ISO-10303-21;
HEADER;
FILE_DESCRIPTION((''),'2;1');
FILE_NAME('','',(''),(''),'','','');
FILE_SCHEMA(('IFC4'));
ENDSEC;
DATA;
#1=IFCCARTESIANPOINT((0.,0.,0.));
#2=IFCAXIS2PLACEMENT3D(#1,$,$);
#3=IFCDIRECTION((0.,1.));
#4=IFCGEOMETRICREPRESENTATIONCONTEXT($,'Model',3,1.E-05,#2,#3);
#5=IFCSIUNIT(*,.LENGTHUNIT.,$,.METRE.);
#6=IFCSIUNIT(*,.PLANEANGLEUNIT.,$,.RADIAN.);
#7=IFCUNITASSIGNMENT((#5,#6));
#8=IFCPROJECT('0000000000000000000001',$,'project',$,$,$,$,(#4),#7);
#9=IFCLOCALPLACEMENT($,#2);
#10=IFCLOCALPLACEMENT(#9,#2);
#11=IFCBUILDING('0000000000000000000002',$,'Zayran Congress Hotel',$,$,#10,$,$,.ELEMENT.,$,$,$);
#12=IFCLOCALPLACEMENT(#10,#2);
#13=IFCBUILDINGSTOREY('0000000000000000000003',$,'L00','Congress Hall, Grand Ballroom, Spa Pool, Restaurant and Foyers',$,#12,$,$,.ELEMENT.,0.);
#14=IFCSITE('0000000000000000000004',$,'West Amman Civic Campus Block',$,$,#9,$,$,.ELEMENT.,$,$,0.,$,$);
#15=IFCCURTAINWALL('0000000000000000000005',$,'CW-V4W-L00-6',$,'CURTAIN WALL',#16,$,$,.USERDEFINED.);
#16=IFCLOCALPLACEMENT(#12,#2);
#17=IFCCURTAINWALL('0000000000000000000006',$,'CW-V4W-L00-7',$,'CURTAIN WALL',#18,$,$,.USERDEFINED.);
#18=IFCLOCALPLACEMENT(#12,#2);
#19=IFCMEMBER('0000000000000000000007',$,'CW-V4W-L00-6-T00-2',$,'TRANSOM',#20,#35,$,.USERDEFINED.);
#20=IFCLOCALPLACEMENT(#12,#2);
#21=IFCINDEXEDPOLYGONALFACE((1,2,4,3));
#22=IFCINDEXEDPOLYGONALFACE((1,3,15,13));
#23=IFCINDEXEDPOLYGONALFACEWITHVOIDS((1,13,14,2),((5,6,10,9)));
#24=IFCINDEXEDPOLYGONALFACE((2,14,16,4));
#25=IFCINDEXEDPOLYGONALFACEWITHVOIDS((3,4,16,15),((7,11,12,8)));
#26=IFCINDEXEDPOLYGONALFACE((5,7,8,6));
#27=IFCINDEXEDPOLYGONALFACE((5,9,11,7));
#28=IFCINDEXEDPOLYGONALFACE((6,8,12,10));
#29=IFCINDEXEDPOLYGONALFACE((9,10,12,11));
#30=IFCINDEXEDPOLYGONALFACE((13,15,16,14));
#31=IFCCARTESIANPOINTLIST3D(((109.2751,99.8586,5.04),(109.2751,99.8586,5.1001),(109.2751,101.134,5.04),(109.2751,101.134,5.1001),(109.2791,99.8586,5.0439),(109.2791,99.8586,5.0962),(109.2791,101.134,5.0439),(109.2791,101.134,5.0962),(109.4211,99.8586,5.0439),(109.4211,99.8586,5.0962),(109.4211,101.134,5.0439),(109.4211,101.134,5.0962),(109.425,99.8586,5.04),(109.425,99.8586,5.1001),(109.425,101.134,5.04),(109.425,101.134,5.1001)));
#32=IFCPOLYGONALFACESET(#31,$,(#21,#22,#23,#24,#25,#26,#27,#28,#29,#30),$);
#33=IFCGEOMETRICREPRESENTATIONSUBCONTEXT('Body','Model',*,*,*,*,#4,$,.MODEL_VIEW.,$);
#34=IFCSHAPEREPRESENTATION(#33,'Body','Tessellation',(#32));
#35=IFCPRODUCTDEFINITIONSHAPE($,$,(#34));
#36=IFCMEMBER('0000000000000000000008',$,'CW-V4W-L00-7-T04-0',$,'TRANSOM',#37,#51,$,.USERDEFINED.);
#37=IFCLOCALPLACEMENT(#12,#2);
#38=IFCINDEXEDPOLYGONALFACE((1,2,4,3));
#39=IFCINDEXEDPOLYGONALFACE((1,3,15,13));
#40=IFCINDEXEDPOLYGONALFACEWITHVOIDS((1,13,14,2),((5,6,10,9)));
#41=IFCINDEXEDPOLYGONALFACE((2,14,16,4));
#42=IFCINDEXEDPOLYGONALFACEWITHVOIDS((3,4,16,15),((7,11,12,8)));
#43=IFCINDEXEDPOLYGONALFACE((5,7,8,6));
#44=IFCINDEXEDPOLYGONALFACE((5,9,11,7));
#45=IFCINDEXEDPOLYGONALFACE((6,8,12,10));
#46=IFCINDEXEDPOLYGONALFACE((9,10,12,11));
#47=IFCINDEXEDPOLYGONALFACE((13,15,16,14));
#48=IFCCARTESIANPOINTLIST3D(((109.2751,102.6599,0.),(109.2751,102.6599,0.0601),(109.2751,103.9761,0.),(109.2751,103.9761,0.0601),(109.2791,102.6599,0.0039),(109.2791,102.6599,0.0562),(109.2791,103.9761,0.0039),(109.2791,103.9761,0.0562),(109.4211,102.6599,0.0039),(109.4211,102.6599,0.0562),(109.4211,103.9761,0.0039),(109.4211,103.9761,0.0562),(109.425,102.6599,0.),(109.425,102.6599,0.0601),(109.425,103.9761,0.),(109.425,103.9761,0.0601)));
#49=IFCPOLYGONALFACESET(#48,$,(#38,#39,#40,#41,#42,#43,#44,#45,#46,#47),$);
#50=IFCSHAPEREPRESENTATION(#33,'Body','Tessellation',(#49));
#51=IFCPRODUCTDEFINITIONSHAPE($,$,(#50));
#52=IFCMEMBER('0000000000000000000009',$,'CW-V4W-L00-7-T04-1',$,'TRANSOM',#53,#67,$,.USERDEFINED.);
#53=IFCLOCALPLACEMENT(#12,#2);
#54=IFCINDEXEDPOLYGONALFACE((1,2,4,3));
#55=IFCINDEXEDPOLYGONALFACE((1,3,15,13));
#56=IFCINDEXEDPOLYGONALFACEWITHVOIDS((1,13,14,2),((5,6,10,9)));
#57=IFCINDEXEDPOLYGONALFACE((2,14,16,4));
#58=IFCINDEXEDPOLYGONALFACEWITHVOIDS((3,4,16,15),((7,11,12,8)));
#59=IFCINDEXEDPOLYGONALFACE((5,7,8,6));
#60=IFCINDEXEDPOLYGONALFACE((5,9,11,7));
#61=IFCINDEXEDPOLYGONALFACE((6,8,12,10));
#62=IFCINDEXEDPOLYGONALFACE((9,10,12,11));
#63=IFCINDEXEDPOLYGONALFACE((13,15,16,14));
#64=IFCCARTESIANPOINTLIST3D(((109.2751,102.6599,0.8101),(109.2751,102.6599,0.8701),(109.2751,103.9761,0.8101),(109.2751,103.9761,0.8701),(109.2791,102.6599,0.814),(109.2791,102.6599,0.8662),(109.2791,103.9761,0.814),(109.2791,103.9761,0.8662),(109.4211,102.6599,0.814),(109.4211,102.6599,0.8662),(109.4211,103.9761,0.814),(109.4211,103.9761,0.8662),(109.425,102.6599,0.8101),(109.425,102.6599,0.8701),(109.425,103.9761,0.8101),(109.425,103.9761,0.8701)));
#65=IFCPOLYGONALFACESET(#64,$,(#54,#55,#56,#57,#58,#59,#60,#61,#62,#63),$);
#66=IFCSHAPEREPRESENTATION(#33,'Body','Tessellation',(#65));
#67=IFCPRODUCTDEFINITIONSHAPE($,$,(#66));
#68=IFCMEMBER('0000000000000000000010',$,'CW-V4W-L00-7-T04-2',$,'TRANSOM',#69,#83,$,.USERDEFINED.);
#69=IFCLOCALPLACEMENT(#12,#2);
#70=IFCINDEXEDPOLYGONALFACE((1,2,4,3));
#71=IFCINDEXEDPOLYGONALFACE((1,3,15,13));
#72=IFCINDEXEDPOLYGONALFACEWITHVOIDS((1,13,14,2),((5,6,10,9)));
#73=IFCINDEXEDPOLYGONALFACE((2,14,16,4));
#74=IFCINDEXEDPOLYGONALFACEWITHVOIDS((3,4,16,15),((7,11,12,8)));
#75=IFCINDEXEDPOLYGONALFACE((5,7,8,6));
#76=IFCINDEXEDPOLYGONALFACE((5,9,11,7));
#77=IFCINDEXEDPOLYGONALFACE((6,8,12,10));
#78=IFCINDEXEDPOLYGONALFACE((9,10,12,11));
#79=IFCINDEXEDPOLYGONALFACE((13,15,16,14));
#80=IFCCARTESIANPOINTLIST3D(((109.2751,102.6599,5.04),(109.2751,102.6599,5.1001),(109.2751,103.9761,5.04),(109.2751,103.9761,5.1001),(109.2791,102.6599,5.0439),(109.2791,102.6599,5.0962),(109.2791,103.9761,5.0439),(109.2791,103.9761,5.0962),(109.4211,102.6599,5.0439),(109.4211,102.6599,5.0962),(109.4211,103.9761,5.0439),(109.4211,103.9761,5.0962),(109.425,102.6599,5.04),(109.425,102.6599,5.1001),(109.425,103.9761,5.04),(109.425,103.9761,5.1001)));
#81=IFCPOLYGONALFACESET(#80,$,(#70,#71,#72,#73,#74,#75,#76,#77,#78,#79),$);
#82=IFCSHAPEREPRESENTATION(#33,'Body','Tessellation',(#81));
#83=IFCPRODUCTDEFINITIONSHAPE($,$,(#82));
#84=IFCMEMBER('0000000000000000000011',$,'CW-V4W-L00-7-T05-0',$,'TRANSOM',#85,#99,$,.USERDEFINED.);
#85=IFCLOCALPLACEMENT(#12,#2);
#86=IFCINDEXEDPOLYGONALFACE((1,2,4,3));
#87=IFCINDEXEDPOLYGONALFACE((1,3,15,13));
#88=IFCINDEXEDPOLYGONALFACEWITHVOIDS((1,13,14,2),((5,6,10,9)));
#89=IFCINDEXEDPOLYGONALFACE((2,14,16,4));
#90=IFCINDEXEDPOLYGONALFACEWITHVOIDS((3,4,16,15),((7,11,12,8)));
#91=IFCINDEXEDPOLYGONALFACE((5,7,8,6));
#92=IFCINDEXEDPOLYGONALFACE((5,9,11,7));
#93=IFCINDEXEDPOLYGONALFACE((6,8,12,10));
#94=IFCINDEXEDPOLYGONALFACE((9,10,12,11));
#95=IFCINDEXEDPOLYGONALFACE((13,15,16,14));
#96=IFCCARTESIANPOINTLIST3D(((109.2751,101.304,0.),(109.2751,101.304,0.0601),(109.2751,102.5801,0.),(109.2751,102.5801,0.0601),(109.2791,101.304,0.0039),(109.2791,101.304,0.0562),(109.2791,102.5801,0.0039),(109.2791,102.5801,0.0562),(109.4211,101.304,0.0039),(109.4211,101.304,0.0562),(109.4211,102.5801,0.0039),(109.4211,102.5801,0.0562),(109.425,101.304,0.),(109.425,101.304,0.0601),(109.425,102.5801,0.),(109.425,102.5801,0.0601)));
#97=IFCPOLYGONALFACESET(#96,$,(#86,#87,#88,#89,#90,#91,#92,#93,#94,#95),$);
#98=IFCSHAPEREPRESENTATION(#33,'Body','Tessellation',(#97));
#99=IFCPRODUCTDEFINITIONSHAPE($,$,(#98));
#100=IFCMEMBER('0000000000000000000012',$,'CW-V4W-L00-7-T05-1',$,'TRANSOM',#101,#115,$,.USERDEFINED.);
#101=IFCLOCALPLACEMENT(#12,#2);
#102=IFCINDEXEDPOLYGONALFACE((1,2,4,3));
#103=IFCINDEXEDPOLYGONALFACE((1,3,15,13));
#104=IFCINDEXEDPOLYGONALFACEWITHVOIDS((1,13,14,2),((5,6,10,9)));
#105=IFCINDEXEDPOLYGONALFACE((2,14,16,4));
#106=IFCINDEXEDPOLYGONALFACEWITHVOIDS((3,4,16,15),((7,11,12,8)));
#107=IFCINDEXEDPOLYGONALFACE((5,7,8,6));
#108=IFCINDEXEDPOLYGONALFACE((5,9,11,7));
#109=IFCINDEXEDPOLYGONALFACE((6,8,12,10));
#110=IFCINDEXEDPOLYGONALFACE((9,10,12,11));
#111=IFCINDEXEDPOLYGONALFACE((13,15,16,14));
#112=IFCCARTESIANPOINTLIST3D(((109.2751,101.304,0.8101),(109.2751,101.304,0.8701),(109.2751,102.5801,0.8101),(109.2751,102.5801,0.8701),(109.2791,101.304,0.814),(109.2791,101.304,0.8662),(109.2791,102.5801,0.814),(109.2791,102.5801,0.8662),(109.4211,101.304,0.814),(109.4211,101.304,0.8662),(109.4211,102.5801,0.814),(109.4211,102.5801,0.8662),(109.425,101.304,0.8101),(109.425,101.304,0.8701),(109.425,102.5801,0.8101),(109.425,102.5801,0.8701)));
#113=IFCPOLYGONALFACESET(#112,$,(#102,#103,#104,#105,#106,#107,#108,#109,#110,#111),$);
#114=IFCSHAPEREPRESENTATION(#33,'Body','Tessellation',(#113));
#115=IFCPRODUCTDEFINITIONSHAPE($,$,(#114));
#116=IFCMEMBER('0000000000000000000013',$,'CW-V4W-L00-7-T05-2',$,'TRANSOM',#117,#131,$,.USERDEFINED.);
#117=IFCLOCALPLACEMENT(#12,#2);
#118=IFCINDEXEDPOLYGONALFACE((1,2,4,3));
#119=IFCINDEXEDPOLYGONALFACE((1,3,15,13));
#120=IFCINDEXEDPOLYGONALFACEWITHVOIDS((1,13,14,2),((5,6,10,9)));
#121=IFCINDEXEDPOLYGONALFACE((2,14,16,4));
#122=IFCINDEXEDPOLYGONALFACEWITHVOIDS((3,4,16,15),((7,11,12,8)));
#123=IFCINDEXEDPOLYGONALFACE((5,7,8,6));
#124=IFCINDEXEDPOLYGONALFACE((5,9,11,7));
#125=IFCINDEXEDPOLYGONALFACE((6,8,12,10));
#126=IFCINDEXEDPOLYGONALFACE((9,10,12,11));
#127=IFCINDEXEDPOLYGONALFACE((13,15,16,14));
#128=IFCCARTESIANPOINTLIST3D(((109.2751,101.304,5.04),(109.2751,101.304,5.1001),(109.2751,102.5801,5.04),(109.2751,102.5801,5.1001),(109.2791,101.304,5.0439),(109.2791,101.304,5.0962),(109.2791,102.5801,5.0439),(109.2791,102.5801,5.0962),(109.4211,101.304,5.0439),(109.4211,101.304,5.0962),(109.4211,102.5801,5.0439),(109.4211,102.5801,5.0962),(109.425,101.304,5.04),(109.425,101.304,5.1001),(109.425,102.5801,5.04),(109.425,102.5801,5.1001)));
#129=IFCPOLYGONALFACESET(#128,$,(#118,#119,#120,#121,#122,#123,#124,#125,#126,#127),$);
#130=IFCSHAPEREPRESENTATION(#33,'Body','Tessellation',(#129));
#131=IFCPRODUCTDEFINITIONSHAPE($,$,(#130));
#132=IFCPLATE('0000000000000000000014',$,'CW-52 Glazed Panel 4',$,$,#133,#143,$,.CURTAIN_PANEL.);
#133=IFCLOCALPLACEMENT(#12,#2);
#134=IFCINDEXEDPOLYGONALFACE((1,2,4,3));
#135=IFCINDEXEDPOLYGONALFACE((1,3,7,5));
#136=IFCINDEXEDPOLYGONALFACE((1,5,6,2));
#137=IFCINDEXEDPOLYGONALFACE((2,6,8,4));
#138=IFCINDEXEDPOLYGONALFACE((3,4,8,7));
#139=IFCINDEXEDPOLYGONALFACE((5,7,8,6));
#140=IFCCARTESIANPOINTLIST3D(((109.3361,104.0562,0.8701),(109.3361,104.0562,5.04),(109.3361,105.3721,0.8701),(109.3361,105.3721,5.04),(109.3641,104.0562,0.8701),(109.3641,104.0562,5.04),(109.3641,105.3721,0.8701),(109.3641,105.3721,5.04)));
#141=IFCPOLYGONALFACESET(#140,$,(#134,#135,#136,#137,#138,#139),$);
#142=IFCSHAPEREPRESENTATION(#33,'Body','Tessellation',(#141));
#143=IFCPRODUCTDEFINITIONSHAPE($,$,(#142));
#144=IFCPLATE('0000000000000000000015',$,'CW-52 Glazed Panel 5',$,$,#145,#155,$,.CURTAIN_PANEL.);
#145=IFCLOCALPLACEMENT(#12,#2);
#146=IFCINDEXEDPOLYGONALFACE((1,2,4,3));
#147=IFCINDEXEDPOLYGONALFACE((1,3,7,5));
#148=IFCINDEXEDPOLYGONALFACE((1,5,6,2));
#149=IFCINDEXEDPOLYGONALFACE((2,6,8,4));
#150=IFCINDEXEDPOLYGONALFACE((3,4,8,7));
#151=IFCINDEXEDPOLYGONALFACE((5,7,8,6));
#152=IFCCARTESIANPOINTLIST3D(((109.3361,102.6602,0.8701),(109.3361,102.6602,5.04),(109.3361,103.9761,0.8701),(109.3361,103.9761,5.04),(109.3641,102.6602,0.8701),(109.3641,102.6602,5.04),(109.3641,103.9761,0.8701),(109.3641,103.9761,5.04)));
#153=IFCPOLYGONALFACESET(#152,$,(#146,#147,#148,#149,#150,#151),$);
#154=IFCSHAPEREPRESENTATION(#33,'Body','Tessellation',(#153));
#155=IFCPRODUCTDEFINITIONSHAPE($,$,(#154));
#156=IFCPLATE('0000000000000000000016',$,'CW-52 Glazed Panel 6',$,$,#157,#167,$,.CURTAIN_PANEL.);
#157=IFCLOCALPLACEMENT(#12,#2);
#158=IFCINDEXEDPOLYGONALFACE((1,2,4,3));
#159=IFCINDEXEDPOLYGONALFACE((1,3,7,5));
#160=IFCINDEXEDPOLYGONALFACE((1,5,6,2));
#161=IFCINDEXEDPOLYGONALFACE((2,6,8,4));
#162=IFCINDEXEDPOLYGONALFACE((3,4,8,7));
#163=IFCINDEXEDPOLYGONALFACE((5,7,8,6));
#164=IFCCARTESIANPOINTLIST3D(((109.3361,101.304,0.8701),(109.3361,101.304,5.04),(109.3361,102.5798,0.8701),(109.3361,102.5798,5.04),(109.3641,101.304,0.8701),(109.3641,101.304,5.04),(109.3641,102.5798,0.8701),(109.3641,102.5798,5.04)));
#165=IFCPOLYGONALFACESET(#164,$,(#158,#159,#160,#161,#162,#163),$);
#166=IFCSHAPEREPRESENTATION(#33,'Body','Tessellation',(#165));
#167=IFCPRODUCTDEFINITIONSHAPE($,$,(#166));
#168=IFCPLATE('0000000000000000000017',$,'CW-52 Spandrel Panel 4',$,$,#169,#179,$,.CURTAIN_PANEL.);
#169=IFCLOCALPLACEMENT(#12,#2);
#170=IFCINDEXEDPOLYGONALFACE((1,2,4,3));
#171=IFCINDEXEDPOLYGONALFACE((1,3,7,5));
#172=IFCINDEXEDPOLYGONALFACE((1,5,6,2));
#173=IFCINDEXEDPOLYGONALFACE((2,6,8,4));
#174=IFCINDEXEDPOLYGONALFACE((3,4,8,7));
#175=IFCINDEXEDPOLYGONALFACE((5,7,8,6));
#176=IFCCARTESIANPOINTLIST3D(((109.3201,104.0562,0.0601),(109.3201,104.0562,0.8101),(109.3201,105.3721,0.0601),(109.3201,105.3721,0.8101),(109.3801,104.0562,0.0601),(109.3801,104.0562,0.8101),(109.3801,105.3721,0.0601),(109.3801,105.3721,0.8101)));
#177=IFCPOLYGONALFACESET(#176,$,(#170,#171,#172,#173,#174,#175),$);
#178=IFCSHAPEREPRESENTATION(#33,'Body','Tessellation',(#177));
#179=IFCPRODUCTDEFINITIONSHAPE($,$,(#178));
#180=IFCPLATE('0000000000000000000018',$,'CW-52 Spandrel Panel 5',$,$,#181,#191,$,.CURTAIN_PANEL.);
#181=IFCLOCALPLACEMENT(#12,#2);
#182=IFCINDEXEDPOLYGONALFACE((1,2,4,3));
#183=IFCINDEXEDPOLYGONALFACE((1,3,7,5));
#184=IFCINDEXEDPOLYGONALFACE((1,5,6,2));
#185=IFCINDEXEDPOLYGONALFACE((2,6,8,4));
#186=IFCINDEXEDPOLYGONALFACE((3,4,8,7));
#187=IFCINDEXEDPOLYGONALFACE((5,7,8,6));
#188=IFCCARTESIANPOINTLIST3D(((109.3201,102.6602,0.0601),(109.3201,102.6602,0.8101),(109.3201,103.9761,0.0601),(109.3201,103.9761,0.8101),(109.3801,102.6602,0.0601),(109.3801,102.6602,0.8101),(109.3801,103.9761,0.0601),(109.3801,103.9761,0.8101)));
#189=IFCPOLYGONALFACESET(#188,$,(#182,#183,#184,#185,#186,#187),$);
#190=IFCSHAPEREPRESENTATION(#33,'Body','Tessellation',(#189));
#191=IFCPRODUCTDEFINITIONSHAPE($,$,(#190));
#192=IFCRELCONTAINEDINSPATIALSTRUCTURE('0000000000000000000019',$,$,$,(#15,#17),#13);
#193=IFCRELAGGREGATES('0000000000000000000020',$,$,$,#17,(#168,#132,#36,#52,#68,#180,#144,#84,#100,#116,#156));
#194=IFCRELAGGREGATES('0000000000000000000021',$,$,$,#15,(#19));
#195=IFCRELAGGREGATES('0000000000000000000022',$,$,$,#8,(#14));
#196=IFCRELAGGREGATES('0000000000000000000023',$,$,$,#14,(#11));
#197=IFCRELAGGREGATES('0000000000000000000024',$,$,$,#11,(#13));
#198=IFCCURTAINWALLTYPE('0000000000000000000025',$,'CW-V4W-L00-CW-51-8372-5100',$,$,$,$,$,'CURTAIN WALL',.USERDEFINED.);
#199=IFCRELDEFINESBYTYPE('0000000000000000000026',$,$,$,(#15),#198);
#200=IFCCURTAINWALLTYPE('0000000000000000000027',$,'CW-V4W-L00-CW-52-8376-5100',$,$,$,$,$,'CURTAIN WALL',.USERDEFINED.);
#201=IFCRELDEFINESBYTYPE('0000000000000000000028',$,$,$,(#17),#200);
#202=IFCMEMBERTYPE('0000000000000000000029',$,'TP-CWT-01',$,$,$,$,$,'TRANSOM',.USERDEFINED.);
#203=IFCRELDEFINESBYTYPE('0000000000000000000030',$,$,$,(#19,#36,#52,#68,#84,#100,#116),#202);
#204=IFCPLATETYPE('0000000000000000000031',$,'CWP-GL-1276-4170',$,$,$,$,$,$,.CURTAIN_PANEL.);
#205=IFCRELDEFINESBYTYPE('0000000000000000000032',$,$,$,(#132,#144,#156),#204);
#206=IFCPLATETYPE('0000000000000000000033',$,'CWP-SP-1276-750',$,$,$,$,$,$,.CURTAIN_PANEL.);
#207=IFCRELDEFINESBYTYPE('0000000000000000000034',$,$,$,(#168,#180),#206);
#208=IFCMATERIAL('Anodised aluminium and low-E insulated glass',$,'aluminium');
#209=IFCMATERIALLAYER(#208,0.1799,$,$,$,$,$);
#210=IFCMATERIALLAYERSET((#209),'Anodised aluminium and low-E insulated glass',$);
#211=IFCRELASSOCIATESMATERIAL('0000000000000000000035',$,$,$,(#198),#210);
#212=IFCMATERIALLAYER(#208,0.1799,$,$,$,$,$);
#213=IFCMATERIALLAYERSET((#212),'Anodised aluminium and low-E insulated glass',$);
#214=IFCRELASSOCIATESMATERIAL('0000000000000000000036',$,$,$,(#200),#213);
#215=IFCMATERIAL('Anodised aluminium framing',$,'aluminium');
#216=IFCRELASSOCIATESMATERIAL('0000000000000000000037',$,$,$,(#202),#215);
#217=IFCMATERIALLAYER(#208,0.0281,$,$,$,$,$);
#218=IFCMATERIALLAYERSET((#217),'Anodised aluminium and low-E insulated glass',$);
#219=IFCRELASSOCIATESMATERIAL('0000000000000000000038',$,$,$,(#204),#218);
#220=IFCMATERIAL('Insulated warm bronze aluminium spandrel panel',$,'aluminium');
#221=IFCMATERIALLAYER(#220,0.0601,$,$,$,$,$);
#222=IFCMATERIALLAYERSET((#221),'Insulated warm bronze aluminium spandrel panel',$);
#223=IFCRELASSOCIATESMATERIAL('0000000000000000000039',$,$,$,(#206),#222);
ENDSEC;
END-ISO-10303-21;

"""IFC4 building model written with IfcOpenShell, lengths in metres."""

from ifc_helpers import new_model, si_unit, direction, frame, origin, origin_2d, place, context, subcontext, project, spatial, rectangle, hollow_rectangle, extrude, material, layer, layer_set, material_profile, profile_set, type_object, element, aggregate, save


model = new_model("IFC4")

# Units and contexts
model_context = context("Model", 3, precision=1e-05, world=origin(), true_north=direction((0.0, 1.0)))
body_context = subcontext(model_context, "Body", "Model", "MODEL_VIEW")
ifc_project = project(units=[si_unit("LENGTHUNIT", "METRE"), si_unit("PLANEANGLEUNIT", "RADIAN")], contexts=[model_context])

# Site, building, storey
site_placement = place(None, origin())
site = spatial("IfcSite", under=ifc_project, at=site_placement, Name="West Amman Civic Campus Block", CompositionType="ELEMENT", RefElevation=0.0)
building_placement = place(site_placement, origin())
building = spatial("IfcBuilding", under=site, at=building_placement, Name="Zayran Congress Hotel", CompositionType="ELEMENT")
storey_placement = place(building_placement, origin())
storey = spatial("IfcBuildingStorey", under=building, at=storey_placement, Name="L00", Description="Congress Hall, Grand Ballroom, Spa Pool, Restaurant and Foyers", CompositionType="ELEMENT", Elevation=0.0)

# Curtain wall
ifc_material_1 = material(Name="Anodised aluminium and low-E insulated glass", Category="aluminium")
ifc_layer_1 = layer(ifc_material_1, 0.1799)
ifc_layer_set_1 = layer_set([ifc_layer_1], Name="Anodised aluminium and low-E insulated glass")
curtain_wall_type_1 = type_object("IfcCurtainWallType", Name="CW-V4W-L00-CW-51-8372-5100", ElementType="CURTAIN WALL", PredefinedType="USERDEFINED", material=ifc_layer_set_1)
curtain_wall_1_placement = place(storey_placement, origin())
curtain_wall_1 = element("IfcCurtainWall", 1, at=curtain_wall_1_placement, inside=storey, type_object=curtain_wall_type_1, Name="CW-V4W-L00-6", ObjectType="CURTAIN WALL", PredefinedType="USERDEFINED")
ifc_material_2 = material(Name="Anodised aluminium framing", Category="aluminium")

# Curtain wall
ifc_layer_2 = layer(ifc_material_1, 0.1799)
ifc_layer_set_2 = layer_set([ifc_layer_2], Name="Anodised aluminium and low-E insulated glass")
curtain_wall_type_2 = type_object("IfcCurtainWallType", Name="CW-V4W-L00-CW-52-8376-5100", ElementType="CURTAIN WALL", PredefinedType="USERDEFINED", material=ifc_layer_set_2)
curtain_wall_2_placement = place(storey_placement, origin())
curtain_wall_2 = element("IfcCurtainWall", 2, at=curtain_wall_2_placement, inside=storey, type_object=curtain_wall_type_2, Name="CW-V4W-L00-7", ObjectType="CURTAIN WALL", PredefinedType="USERDEFINED")

# Members
ifc_material_profile_1 = material_profile(ifc_material_2, hollow_rectangle(XDim=0.0601, YDim=0.1499, WallThickness=0.0039, at=origin_2d()), Name="RHS 150x60x4")
ifc_profile_set_1 = profile_set([ifc_material_profile_1], Name="Anodised aluminium framing")
member_type_1 = type_object("IfcMemberType", Name="TP-CWT-01", ElementType="TRANSOM", PredefinedType="USERDEFINED", material=ifc_profile_set_1)
member_1_placement = place(storey_placement, frame((109.3501, 101.134, 5.0701), z_axis=(0.0, -1.0, 0.0), x_axis=(0.0, 0.0, 1.0)))
member_1 = element("IfcMember", 3, at=member_1_placement, type_object=member_type_1, Name="CW-V4W-L00-6-T00-2", ObjectType="TRANSOM", PredefinedType="USERDEFINED", context=body_context, shape_type="SweptSolid", body=[
    extrude(hollow_rectangle(XDim=0.0601, YDim=0.1499, WallThickness=0.0039, at=origin_2d()), origin(), (0.0, 0.0, 1.0), 1.2754),
])
member_2_placement = place(storey_placement, frame((109.3501, 103.9761, 0.03), z_axis=(0.0, -1.0, 0.0), x_axis=(0.0, 0.0, 1.0)))
member_2 = element("IfcMember", 4, at=member_2_placement, type_object=member_type_1, Name="CW-V4W-L00-7-T04-0", ObjectType="TRANSOM", PredefinedType="USERDEFINED", context=body_context, shape_type="SweptSolid", body=[
    extrude(hollow_rectangle(XDim=0.0601, YDim=0.1499, WallThickness=0.0039, at=origin_2d()), origin(), (0.0, 0.0, 1.0), 1.3162),
])
member_3_placement = place(storey_placement, frame((109.3501, 103.9761, 0.8401), z_axis=(0.0, -1.0, 0.0), x_axis=(0.0, 0.0, 1.0)))
member_3 = element("IfcMember", 5, at=member_3_placement, type_object=member_type_1, Name="CW-V4W-L00-7-T04-1", ObjectType="TRANSOM", PredefinedType="USERDEFINED", context=body_context, shape_type="SweptSolid", body=[
    extrude(hollow_rectangle(XDim=0.0601, YDim=0.1499, WallThickness=0.0039, at=origin_2d()), origin(), (0.0, 0.0, 1.0), 1.3162),
])
member_4_placement = place(storey_placement, frame((109.3501, 103.9761, 5.0701), z_axis=(0.0, -1.0, 0.0), x_axis=(0.0, 0.0, 1.0)))
member_4 = element("IfcMember", 6, at=member_4_placement, type_object=member_type_1, Name="CW-V4W-L00-7-T04-2", ObjectType="TRANSOM", PredefinedType="USERDEFINED", context=body_context, shape_type="SweptSolid", body=[
    extrude(hollow_rectangle(XDim=0.0601, YDim=0.1499, WallThickness=0.0039, at=origin_2d()), origin(), (0.0, 0.0, 1.0), 1.3162),
])
member_5_placement = place(storey_placement, frame((109.3501, 102.5801, 0.03), z_axis=(0.0, -1.0, 0.0), x_axis=(0.0, 0.0, 1.0)))
member_5 = element("IfcMember", 7, at=member_5_placement, type_object=member_type_1, Name="CW-V4W-L00-7-T05-0", ObjectType="TRANSOM", PredefinedType="USERDEFINED", context=body_context, shape_type="SweptSolid", body=[
    extrude(hollow_rectangle(XDim=0.0601, YDim=0.1499, WallThickness=0.0039, at=origin_2d()), origin(), (0.0, 0.0, 1.0), 1.2761),
])
member_6_placement = place(storey_placement, frame((109.3501, 102.5801, 0.8401), z_axis=(0.0, -1.0, 0.0), x_axis=(0.0, 0.0, 1.0)))
member_6 = element("IfcMember", 8, at=member_6_placement, type_object=member_type_1, Name="CW-V4W-L00-7-T05-1", ObjectType="TRANSOM", PredefinedType="USERDEFINED", context=body_context, shape_type="SweptSolid", body=[
    extrude(hollow_rectangle(XDim=0.0601, YDim=0.1499, WallThickness=0.0039, at=origin_2d()), origin(), (0.0, 0.0, 1.0), 1.2761),
])
member_7_placement = place(storey_placement, frame((109.3501, 102.5801, 5.0701), z_axis=(0.0, -1.0, 0.0), x_axis=(0.0, 0.0, 1.0)))
member_7 = element("IfcMember", 9, at=member_7_placement, type_object=member_type_1, Name="CW-V4W-L00-7-T05-2", ObjectType="TRANSOM", PredefinedType="USERDEFINED", context=body_context, shape_type="SweptSolid", body=[
    extrude(hollow_rectangle(XDim=0.0601, YDim=0.1499, WallThickness=0.0039, at=origin_2d()), origin(), (0.0, 0.0, 1.0), 1.2761),
])

# Plates
ifc_layer_3 = layer(ifc_material_1, 0.0281)
ifc_layer_set_3 = layer_set([ifc_layer_3], Name="Anodised aluminium and low-E insulated glass")
plate_type_1 = type_object("IfcPlateType", Name="CWP-GL-1276-4170", PredefinedType="CURTAIN_PANEL", material=ifc_layer_set_3)
plate_1_placement = place(storey_placement, frame((109.3501, 104.7141, 0.8701), z_axis=(0.0, 0.0, 1.0), x_axis=(0.0, 1.0, 0.0)))
plate_1 = element("IfcPlate", 10, at=plate_1_placement, type_object=plate_type_1, Name="CW-52 Glazed Panel 4", PredefinedType="CURTAIN_PANEL", context=body_context, shape_type="SweptSolid", body=[
    extrude(rectangle(XDim=1.3159, YDim=0.0281, at=origin_2d()), origin(), (0.0, 0.0, 1.0), 4.1699),
])
plate_2_placement = place(storey_placement, frame((109.3501, 103.3181, 0.8701), z_axis=(0.0, 0.0, 1.0), x_axis=(0.0, 1.0, 0.0)))
plate_2 = element("IfcPlate", 11, at=plate_2_placement, type_object=plate_type_1, Name="CW-52 Glazed Panel 5", PredefinedType="CURTAIN_PANEL", context=body_context, shape_type="SweptSolid", body=[
    extrude(rectangle(XDim=1.3159, YDim=0.0281, at=origin_2d()), origin(), (0.0, 0.0, 1.0), 4.1699),
])
plate_3_placement = place(storey_placement, frame((109.3501, 101.9419, 0.8701), z_axis=(0.0, 0.0, 1.0), x_axis=(0.0, 1.0, 0.0)))
plate_3 = element("IfcPlate", 12, at=plate_3_placement, type_object=plate_type_1, Name="CW-52 Glazed Panel 6", PredefinedType="CURTAIN_PANEL", context=body_context, shape_type="SweptSolid", body=[
    extrude(rectangle(XDim=1.2759, YDim=0.0281, at=origin_2d()), origin(), (0.0, 0.0, 1.0), 4.1699),
])
ifc_material_3 = material(Name="Insulated warm bronze aluminium spandrel panel", Category="aluminium")
ifc_layer_4 = layer(ifc_material_3, 0.0601)
ifc_layer_set_4 = layer_set([ifc_layer_4], Name="Insulated warm bronze aluminium spandrel panel")
plate_type_2 = type_object("IfcPlateType", Name="CWP-SP-1276-750", PredefinedType="CURTAIN_PANEL", material=ifc_layer_set_4)
plate_4_placement = place(storey_placement, frame((109.3501, 104.7141, 0.0601), z_axis=(0.0, 0.0, 1.0), x_axis=(0.0, 1.0, 0.0)))
plate_4 = element("IfcPlate", 13, at=plate_4_placement, type_object=plate_type_2, Name="CW-52 Spandrel Panel 4", PredefinedType="CURTAIN_PANEL", context=body_context, shape_type="SweptSolid", body=[
    extrude(rectangle(XDim=1.3159, YDim=0.0601, at=origin_2d()), origin(), (0.0, 0.0, 1.0), 0.75),
])
plate_5_placement = place(storey_placement, frame((109.3501, 103.3181, 0.0601), z_axis=(0.0, 0.0, 1.0), x_axis=(0.0, 1.0, 0.0)))
plate_5 = element("IfcPlate", 14, at=plate_5_placement, type_object=plate_type_2, Name="CW-52 Spandrel Panel 5", PredefinedType="CURTAIN_PANEL", context=body_context, shape_type="SweptSolid", body=[
    extrude(rectangle(XDim=1.3159, YDim=0.0601, at=origin_2d()), origin(), (0.0, 0.0, 1.0), 0.75),
])
aggregate(curtain_wall_2, [plate_4, plate_1, member_2, member_3, member_4, plate_5, plate_2, member_5, member_6, member_7, plate_3])
aggregate(curtain_wall_1, [member_1])

save(model, "model.ifc")
